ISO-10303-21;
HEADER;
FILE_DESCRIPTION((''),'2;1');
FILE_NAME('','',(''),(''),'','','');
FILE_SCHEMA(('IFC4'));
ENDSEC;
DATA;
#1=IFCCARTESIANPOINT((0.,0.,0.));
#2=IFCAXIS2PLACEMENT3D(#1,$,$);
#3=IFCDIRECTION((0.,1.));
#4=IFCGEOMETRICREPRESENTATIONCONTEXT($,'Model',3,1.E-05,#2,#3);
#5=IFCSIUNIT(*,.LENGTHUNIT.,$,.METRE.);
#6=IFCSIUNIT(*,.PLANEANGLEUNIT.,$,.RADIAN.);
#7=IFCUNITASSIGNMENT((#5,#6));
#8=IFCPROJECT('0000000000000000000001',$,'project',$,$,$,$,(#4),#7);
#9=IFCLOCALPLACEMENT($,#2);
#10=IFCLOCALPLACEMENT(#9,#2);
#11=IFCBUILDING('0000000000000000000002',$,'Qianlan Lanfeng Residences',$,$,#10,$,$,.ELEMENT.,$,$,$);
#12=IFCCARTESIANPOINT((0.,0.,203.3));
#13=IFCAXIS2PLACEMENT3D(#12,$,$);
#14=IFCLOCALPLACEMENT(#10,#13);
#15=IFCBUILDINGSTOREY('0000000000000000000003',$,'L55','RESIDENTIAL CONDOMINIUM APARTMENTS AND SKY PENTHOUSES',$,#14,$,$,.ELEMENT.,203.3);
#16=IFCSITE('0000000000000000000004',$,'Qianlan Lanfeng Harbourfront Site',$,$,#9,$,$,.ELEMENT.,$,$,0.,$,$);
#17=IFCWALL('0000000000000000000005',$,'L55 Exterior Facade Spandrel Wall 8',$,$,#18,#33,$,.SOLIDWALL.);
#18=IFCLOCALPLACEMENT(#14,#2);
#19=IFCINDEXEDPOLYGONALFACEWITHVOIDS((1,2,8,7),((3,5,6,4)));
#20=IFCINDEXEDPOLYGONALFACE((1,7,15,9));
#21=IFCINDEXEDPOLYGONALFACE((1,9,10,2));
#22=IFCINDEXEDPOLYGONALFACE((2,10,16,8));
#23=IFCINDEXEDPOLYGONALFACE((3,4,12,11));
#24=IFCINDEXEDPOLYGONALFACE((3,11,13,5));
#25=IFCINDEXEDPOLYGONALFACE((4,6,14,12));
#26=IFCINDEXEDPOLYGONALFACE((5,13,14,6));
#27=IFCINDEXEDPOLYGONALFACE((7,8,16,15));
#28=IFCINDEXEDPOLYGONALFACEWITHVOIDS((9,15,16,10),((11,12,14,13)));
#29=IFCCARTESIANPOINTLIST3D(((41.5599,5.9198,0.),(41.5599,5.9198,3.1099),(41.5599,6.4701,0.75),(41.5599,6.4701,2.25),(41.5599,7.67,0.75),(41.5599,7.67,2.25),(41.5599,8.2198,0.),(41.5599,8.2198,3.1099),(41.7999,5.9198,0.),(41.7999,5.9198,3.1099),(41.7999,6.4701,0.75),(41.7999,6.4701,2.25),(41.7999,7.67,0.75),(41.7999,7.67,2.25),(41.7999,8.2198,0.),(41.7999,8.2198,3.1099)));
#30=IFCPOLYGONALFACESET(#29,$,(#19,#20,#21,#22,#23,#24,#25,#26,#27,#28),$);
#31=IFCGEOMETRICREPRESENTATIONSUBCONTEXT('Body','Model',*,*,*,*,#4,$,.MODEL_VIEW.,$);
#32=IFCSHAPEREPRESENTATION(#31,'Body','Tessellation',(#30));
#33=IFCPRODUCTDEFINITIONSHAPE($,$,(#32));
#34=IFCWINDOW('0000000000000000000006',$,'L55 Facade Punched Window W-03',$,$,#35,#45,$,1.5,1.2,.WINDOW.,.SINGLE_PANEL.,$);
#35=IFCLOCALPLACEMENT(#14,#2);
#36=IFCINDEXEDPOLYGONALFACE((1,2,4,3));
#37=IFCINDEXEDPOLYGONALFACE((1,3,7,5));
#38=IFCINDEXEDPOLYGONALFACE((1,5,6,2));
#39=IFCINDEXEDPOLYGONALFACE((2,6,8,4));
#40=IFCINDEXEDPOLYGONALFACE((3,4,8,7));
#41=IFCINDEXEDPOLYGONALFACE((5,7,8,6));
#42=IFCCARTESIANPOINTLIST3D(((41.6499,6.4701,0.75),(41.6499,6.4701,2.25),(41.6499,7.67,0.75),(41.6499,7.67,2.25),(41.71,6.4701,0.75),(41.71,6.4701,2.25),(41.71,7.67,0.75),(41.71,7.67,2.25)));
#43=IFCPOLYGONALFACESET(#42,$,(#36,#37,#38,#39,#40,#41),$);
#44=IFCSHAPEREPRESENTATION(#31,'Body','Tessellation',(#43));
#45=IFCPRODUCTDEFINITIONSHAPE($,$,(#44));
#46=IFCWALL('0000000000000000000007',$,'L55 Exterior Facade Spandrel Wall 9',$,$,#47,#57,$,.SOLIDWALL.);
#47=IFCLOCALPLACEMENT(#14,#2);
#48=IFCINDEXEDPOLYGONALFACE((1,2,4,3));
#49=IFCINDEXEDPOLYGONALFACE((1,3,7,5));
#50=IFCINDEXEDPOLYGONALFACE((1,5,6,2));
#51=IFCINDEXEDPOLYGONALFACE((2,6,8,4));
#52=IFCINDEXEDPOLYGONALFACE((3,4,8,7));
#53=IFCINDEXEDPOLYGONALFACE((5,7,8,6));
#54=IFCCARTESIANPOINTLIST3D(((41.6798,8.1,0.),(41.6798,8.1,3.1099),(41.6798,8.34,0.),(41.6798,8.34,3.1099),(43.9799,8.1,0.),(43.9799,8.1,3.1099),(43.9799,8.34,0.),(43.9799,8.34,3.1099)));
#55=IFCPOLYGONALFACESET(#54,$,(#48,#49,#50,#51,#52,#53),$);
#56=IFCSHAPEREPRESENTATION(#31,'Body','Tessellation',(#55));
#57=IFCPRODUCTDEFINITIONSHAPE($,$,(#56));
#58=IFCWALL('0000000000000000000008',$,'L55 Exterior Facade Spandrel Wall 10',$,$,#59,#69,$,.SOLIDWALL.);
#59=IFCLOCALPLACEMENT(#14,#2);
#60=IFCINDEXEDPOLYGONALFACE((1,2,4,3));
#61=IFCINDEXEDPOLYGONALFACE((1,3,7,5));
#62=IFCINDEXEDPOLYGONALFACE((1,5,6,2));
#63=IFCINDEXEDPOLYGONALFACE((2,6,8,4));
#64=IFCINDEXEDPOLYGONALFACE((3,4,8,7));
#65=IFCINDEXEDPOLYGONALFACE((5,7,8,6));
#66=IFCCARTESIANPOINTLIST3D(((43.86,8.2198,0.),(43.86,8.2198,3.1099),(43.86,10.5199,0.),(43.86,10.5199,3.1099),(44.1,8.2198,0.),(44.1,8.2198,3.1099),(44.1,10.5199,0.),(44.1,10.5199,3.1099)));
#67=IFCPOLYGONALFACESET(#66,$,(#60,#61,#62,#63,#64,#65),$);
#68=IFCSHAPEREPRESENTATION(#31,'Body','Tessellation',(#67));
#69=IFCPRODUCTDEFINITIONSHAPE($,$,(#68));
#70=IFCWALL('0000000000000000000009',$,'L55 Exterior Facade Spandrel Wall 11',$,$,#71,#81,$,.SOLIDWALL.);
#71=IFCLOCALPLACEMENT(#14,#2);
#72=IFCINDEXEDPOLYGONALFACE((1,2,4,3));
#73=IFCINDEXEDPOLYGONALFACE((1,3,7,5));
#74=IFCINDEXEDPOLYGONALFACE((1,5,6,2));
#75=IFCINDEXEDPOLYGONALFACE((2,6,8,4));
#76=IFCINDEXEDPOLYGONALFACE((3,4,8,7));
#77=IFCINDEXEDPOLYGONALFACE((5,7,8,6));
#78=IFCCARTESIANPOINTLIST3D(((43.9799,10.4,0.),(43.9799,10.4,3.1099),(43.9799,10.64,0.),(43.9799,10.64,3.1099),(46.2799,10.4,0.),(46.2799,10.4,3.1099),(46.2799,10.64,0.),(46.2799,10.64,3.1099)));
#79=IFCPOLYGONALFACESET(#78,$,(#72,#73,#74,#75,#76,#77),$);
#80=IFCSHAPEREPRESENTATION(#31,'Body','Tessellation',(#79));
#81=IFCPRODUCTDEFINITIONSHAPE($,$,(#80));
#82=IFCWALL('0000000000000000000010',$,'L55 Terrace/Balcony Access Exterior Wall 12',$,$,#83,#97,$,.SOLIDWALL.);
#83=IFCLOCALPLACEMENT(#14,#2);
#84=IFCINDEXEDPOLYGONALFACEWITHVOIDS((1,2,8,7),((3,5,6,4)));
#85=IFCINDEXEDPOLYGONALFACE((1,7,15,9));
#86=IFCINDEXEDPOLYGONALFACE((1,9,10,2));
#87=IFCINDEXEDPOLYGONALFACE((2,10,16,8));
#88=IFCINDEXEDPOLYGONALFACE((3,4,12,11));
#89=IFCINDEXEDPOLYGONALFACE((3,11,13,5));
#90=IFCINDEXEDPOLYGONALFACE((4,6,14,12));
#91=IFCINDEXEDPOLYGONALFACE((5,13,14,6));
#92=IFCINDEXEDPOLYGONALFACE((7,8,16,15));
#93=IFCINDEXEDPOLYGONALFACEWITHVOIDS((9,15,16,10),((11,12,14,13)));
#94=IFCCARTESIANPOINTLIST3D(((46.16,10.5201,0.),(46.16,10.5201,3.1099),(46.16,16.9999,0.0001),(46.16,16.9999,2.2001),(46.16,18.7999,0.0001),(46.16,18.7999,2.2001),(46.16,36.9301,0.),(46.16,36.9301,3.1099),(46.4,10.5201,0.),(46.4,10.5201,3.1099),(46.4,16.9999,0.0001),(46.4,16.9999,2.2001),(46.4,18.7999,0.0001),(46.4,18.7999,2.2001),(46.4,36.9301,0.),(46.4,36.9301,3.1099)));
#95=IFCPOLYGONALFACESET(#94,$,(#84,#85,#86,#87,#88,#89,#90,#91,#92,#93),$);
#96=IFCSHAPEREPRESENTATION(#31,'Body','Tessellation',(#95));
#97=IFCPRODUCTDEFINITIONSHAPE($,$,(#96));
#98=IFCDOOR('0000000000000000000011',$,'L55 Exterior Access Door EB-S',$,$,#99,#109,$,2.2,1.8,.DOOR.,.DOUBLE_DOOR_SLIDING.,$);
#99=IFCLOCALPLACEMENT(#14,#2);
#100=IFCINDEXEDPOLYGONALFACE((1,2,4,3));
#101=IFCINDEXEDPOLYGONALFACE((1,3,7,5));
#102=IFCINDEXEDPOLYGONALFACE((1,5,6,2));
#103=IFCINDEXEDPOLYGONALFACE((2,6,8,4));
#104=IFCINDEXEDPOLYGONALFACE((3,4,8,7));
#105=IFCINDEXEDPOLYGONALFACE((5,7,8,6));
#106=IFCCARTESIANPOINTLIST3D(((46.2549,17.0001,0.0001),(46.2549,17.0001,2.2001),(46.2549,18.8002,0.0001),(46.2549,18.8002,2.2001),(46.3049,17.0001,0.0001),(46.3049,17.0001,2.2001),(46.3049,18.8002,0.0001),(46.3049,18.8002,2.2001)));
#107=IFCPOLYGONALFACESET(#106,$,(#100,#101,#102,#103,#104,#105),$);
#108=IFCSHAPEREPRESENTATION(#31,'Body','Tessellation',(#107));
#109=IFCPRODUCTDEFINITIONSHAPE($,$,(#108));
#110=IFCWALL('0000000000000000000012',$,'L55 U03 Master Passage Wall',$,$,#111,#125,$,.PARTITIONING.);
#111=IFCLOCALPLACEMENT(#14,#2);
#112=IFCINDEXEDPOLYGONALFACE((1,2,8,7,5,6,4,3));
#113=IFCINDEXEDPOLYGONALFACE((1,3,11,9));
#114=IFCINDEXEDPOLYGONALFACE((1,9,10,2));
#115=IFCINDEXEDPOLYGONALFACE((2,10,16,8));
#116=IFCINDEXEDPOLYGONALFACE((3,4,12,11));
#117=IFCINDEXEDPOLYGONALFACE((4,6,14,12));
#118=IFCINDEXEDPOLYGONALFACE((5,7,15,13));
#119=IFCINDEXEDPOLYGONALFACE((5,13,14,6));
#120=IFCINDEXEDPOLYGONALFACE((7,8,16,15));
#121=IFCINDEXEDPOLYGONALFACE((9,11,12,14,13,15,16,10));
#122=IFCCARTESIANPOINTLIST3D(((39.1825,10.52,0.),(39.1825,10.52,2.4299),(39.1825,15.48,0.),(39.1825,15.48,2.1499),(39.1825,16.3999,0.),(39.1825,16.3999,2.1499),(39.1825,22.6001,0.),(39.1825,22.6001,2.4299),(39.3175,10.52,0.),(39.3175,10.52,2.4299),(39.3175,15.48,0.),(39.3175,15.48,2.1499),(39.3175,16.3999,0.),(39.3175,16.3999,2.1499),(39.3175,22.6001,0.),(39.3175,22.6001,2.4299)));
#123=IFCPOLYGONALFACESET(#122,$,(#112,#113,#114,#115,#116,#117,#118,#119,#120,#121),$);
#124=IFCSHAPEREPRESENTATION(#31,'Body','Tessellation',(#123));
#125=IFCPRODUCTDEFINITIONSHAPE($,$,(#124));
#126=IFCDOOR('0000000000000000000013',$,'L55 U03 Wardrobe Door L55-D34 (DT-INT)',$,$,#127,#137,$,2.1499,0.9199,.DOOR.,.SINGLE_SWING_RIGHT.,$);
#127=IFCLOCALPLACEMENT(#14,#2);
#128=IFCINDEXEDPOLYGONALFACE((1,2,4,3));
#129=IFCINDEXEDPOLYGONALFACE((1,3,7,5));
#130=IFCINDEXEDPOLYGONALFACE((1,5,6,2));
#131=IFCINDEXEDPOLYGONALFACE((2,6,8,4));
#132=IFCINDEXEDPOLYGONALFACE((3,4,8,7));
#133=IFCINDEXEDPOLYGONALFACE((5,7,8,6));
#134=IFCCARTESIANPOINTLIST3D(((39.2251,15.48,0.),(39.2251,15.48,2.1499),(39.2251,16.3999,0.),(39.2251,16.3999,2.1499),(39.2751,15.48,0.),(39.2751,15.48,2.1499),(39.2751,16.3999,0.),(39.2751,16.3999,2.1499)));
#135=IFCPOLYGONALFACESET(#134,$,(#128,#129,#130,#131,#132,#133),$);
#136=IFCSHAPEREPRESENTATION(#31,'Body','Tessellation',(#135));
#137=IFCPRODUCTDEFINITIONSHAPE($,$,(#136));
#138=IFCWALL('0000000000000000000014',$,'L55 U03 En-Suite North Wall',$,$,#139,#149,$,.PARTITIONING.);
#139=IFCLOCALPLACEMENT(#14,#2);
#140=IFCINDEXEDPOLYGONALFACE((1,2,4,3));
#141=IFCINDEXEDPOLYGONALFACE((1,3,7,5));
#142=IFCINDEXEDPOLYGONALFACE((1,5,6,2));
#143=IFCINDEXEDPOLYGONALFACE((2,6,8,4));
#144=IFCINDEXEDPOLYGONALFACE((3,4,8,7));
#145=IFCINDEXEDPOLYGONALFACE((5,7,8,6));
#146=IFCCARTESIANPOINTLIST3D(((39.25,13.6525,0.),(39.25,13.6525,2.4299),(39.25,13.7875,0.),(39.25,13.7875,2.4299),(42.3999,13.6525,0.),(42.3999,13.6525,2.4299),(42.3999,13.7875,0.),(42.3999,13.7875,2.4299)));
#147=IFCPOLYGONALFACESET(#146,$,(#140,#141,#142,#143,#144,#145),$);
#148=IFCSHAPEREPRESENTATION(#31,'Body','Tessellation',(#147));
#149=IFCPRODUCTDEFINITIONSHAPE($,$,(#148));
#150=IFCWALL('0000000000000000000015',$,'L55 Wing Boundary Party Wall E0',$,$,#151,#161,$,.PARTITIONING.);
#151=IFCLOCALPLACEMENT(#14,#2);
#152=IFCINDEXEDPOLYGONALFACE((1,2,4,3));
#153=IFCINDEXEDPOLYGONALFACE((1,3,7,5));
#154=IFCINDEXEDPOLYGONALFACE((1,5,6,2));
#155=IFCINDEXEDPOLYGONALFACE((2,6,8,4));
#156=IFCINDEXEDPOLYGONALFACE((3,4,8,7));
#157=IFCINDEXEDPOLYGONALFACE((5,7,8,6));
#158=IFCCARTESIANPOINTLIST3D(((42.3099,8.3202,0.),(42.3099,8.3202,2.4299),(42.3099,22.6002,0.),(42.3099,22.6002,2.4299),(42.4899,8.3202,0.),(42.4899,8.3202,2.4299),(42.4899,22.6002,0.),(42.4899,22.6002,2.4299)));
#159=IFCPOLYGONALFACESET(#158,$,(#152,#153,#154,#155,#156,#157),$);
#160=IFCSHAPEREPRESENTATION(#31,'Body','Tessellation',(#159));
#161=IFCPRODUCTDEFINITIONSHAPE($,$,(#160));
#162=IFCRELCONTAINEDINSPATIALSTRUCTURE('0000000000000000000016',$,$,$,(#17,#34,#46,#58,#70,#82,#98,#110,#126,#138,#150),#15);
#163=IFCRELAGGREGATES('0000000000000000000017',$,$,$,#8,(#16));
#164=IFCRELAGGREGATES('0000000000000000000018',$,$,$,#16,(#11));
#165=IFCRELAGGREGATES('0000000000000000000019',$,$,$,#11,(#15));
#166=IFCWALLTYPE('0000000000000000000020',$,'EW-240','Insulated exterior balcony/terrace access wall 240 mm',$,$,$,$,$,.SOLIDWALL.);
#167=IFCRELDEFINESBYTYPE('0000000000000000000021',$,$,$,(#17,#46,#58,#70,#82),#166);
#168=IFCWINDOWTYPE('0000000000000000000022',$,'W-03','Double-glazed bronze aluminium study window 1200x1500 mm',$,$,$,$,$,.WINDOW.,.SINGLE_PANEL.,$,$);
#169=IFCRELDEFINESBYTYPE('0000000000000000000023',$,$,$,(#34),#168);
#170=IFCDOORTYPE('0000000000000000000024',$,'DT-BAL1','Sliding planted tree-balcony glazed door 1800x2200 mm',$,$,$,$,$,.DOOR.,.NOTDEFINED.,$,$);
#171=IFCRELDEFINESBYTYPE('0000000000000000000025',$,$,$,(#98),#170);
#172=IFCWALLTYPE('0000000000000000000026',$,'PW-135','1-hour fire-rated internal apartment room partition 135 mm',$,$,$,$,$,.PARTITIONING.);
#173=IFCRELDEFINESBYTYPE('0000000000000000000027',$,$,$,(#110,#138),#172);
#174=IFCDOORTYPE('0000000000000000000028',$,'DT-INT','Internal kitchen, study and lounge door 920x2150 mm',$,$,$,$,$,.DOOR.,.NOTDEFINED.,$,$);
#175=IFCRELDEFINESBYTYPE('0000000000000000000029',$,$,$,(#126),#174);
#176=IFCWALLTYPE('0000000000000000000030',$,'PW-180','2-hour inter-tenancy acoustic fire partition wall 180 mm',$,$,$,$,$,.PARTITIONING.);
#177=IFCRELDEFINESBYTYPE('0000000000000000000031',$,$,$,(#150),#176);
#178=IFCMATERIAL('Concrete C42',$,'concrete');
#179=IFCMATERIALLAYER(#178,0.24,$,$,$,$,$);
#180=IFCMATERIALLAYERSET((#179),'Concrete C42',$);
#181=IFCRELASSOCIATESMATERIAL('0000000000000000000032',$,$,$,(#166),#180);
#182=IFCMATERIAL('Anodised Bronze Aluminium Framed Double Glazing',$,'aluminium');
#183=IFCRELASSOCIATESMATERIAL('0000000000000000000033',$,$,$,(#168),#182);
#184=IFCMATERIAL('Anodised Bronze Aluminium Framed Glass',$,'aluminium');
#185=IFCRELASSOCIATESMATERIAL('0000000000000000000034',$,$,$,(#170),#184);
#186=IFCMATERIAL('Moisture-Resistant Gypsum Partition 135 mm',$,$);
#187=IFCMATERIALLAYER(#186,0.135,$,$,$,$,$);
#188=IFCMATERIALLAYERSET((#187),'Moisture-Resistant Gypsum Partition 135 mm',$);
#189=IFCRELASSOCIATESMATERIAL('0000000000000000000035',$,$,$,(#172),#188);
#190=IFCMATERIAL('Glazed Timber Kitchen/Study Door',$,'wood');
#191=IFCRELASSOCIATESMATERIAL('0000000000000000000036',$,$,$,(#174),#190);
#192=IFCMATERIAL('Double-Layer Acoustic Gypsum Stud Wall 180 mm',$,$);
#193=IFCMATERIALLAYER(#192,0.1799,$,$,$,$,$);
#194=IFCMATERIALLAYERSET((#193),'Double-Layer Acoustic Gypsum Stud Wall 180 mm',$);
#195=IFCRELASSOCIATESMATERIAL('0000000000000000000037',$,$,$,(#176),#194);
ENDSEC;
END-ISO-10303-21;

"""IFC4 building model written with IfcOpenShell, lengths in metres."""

from ifc_helpers import new_model, si_unit, direction, frame, frame_2d, origin, place, context, subcontext, project, spatial, rectangle, extrude, material, layer, layer_set, type_object, element, fill, save


model = new_model("IFC4")

# Units and contexts
model_context = context("Model", 3, precision=1e-05, world=origin(), true_north=direction((0.0, 1.0)))
body_context = subcontext(model_context, "Body", "Model", "MODEL_VIEW")
ifc_project = project(units=[si_unit("LENGTHUNIT", "METRE"), si_unit("PLANEANGLEUNIT", "RADIAN")], contexts=[model_context])

# Site, building, storey
site_placement = place(None, origin())
site = spatial("IfcSite", under=ifc_project, at=site_placement, Name="Qianlan Lanfeng Harbourfront Site", CompositionType="ELEMENT", RefElevation=0.0)
building_placement = place(site_placement, origin())
building = spatial("IfcBuilding", under=site, at=building_placement, Name="Qianlan Lanfeng Residences", CompositionType="ELEMENT")
storey_placement = place(building_placement, frame((0.0, 0.0, 203.3)))
storey = spatial("IfcBuildingStorey", under=building, at=storey_placement, Name="L55", Description="RESIDENTIAL CONDOMINIUM APARTMENTS AND SKY PENTHOUSES", CompositionType="ELEMENT", Elevation=203.3)

# Wall, opening, window
ifc_material_1 = material(Name="Concrete C42", Category="concrete")
ifc_layer_1 = layer(ifc_material_1, 0.24)
ifc_layer_set_1 = layer_set([ifc_layer_1], Name="Concrete C42")
wall_type_1 = type_object("IfcWallType", Name="EW-240", Description="Insulated exterior balcony/terrace access wall 240 mm", PredefinedType="SOLIDWALL", material=ifc_layer_set_1)
wall_1_placement = place(storey_placement, frame((41.6799, 5.9199, 0.0), z_axis=(0.0, 0.0, 1.0), x_axis=(0.0, 1.0, 0.0)))
wall_1 = element("IfcWall", 1, at=wall_1_placement, inside=storey, type_object=wall_type_1, Name="L55 Exterior Facade Spandrel Wall 8", PredefinedType="SOLIDWALL", context=body_context, shape_type="SweptSolid", body=[
    extrude(rectangle(XDim=2.3, YDim=0.24, at=frame_2d((1.1499, 0.0))), origin(), (0.0, 0.0, 1.0), 3.1099),
])
opening_1_placement = place(wall_1_placement, frame((0.55, 0.0, 0.75)))
opening_1 = element("IfcOpeningElement", 2, at=opening_1_placement, cuts=wall_1, PredefinedType="OPENING", context=body_context, shape_type="SweptSolid", body=[
    extrude(rectangle(XDim=1.2, YDim=1.5, at=frame_2d((0.6001, 0.75))), frame((0.0, 0.1299, 0.0), z_axis=(0.0, -1.0, 0.0), x_axis=(1.0, 0.0, 0.0)), (0.0, 0.0, 1.0), 0.26),
])
ifc_material_2 = material(Name="Anodised Bronze Aluminium Framed Double Glazing", Category="aluminium")
window_type = type_object("IfcWindowType", Name="W-03", Description="Double-glazed bronze aluminium study window 1200x1500 mm", PartitioningType="SINGLE_PANEL", PredefinedType="WINDOW", material=ifc_material_2)
window_placement = place(opening_1_placement, origin())
window = element("IfcWindow", 3, at=window_placement, inside=storey, type_object=window_type, Name="L55 Facade Punched Window W-03", OverallHeight=1.5, OverallWidth=1.2, PartitioningType="SINGLE_PANEL", PredefinedType="WINDOW", context=body_context, shape_type="SweptSolid", body=[
    extrude(rectangle(XDim=1.2, YDim=1.5, at=frame_2d((0.6001, 0.75))), frame((0.0, 0.03, 0.0), z_axis=(0.0, -1.0, 0.0), x_axis=(1.0, 0.0, 0.0)), (0.0, 0.0, 1.0), 0.0601),
])
fill(opening_1, window)

# Walls
for number, where, z_axis, x_axis, name in (
    (4, (41.6799, 8.22, 0.0), (0.0, 0.0, 1.0), (1.0, 0.0, 0.0), "L55 Exterior Facade Spandrel Wall 9"),
    (5, (43.98, 8.22, 0.0), (0.0, 0.0, 1.0), (0.0, 1.0, 0.0), "L55 Exterior Facade Spandrel Wall 10"),
    (6, (43.98, 10.52, 0.0), (0.0, 0.0, 1.0), (1.0, 0.0, 0.0), "L55 Exterior Facade Spandrel Wall 11"),
):
    element("IfcWall", number, at=place(storey_placement, frame(where, z_axis=z_axis, x_axis=x_axis)), inside=storey, type_object=wall_type_1, Name=name, PredefinedType="SOLIDWALL", context=body_context, shape_type="SweptSolid", body=[
        extrude(rectangle(XDim=2.3, YDim=0.24, at=frame_2d((1.1499, 0.0))), origin(), (0.0, 0.0, 1.0), 3.1099),
    ])

# Walls, openings, doors
wall_2_placement = place(storey_placement, frame((46.28, 10.52, 0.0), z_axis=(0.0, 0.0, 1.0), x_axis=(0.0, 1.0, 0.0)))
wall_2 = element("IfcWall", 7, at=wall_2_placement, inside=storey, type_object=wall_type_1, Name="L55 Terrace/Balcony Access Exterior Wall 12", PredefinedType="SOLIDWALL", context=body_context, shape_type="SweptSolid", body=[
    extrude(rectangle(XDim=26.4099, YDim=0.24, at=frame_2d((13.2051, 0.0))), origin(), (0.0, 0.0, 1.0), 3.1099),
])
opening_2_placement = place(wall_2_placement, frame((6.48, 0.0, 0.0)))
opening_2 = element("IfcOpeningElement", 8, at=opening_2_placement, cuts=wall_2, PredefinedType="OPENING", context=body_context, shape_type="SweptSolid", body=[
    extrude(rectangle(XDim=1.8, YDim=2.2, at=frame_2d((0.8999, 1.1001))), frame((0.0, 0.1299, 0.0), z_axis=(0.0, -1.0, 0.0), x_axis=(1.0, 0.0, 0.0)), (0.0, 0.0, 1.0), 0.26),
])
ifc_material_3 = material(Name="Anodised Bronze Aluminium Framed Glass", Category="aluminium")
door_type_1 = type_object("IfcDoorType", Name="DT-BAL1", Description="Sliding planted tree-balcony glazed door 1800x2200 mm", OperationType="NOTDEFINED", PredefinedType="DOOR", material=ifc_material_3)
door_1_placement = place(opening_2_placement, frame((1.8, 0.0, 0.0), z_axis=(0.0, 0.0, 1.0), x_axis=(-1.0, 0.0, 0.0)))
door_1 = element("IfcDoor", 9, at=door_1_placement, inside=storey, type_object=door_type_1, Name="L55 Exterior Access Door EB-S", OperationType="DOUBLE_DOOR_SLIDING", OverallHeight=2.2, OverallWidth=1.8, PredefinedType="DOOR", context=body_context, shape_type="SweptSolid", body=[
    extrude(rectangle(XDim=1.8, YDim=2.2, at=frame_2d((0.8999, 1.1001))), frame((0.0, 0.0249, 0.0), z_axis=(0.0, -1.0, 0.0), x_axis=(1.0, 0.0, 0.0)), (0.0, 0.0, 1.0), 0.05),
])
fill(opening_2, door_1)
ifc_material_4 = material(Name="Moisture-Resistant Gypsum Partition 135 mm")
ifc_layer_2 = layer(ifc_material_4, 0.135)
ifc_layer_set_2 = layer_set([ifc_layer_2], Name="Moisture-Resistant Gypsum Partition 135 mm")
wall_type_2 = type_object("IfcWallType", Name="PW-135", Description="1-hour fire-rated internal apartment room partition 135 mm", PredefinedType="PARTITIONING", material=ifc_layer_set_2)
wall_3_placement = place(storey_placement, frame((39.25, 10.52, 0.0), z_axis=(0.0, 0.0, 1.0), x_axis=(0.0, 1.0, 0.0)))
wall_3 = element("IfcWall", 10, at=wall_3_placement, inside=storey, type_object=wall_type_2, Name="L55 U03 Master Passage Wall", PredefinedType="PARTITIONING", context=body_context, shape_type="SweptSolid", body=[
    extrude(rectangle(XDim=12.0801, YDim=0.135, at=frame_2d((6.04, 0.0))), origin(), (0.0, 0.0, 1.0), 2.4299),
])
opening_3_placement = place(wall_3_placement, frame((4.96, 0.0, 0.0)))
opening_3 = element("IfcOpeningElement", 11, at=opening_3_placement, cuts=wall_3, PredefinedType="OPENING", context=body_context, shape_type="SweptSolid", body=[
    extrude(rectangle(XDim=0.9199, YDim=2.1499, at=frame_2d((0.46, 1.075))), frame((0.0, 0.0776, 0.0), z_axis=(0.0, -1.0, 0.0), x_axis=(1.0, 0.0, 0.0)), (0.0, 0.0, 1.0), 0.155),
])
ifc_material_5 = material(Name="Glazed Timber Kitchen/Study Door", Category="wood")
door_type_2 = type_object("IfcDoorType", Name="DT-INT", Description="Internal kitchen, study and lounge door 920x2150 mm", OperationType="NOTDEFINED", PredefinedType="DOOR", material=ifc_material_5)
door_2_placement = place(opening_3_placement, origin())
door_2 = element("IfcDoor", 12, at=door_2_placement, inside=storey, type_object=door_type_2, Name="L55 U03 Wardrobe Door L55-D34 (DT-INT)", OperationType="SINGLE_SWING_RIGHT", OverallHeight=2.1499, OverallWidth=0.9199, PredefinedType="DOOR", context=body_context, shape_type="SweptSolid", body=[
    extrude(rectangle(XDim=0.9199, YDim=2.1499, at=frame_2d((0.46, 1.075))), frame((0.0, 0.0249, 0.0), z_axis=(0.0, -1.0, 0.0), x_axis=(1.0, 0.0, 0.0)), (0.0, 0.0, 1.0), 0.05),
])
fill(opening_3, door_2)

# Walls
wall_4_placement = place(storey_placement, frame((39.25, 13.72, 0.0), z_axis=(0.0, 0.0, 1.0), x_axis=(1.0, 0.0, 0.0)))
element("IfcWall", 13, at=wall_4_placement, inside=storey, type_object=wall_type_2, Name="L55 U03 En-Suite North Wall", PredefinedType="PARTITIONING", context=body_context, shape_type="SweptSolid", body=[
    extrude(rectangle(XDim=3.1499, YDim=0.135, at=frame_2d((1.575, 0.0))), origin(), (0.0, 0.0, 1.0), 2.4299),
])
ifc_material_6 = material(Name="Double-Layer Acoustic Gypsum Stud Wall 180 mm")
ifc_layer_3 = layer(ifc_material_6, 0.1799)
ifc_layer_set_3 = layer_set([ifc_layer_3], Name="Double-Layer Acoustic Gypsum Stud Wall 180 mm")
wall_type_3 = type_object("IfcWallType", Name="PW-180", Description="2-hour inter-tenancy acoustic fire partition wall 180 mm", PredefinedType="PARTITIONING", material=ifc_layer_set_3)
wall_5_placement = place(storey_placement, frame((42.3999, 8.3201, 0.0), z_axis=(0.0, 0.0, 1.0), x_axis=(0.0, 1.0, 0.0)))
element("IfcWall", 14, at=wall_5_placement, inside=storey, type_object=wall_type_3, Name="L55 Wing Boundary Party Wall E0", PredefinedType="PARTITIONING", context=body_context, shape_type="SweptSolid", body=[
    extrude(rectangle(XDim=14.28, YDim=0.1799, at=frame_2d((7.1401, 0.0))), origin(), (0.0, 0.0, 1.0), 2.4299),
])

save(model, "model.ifc")
